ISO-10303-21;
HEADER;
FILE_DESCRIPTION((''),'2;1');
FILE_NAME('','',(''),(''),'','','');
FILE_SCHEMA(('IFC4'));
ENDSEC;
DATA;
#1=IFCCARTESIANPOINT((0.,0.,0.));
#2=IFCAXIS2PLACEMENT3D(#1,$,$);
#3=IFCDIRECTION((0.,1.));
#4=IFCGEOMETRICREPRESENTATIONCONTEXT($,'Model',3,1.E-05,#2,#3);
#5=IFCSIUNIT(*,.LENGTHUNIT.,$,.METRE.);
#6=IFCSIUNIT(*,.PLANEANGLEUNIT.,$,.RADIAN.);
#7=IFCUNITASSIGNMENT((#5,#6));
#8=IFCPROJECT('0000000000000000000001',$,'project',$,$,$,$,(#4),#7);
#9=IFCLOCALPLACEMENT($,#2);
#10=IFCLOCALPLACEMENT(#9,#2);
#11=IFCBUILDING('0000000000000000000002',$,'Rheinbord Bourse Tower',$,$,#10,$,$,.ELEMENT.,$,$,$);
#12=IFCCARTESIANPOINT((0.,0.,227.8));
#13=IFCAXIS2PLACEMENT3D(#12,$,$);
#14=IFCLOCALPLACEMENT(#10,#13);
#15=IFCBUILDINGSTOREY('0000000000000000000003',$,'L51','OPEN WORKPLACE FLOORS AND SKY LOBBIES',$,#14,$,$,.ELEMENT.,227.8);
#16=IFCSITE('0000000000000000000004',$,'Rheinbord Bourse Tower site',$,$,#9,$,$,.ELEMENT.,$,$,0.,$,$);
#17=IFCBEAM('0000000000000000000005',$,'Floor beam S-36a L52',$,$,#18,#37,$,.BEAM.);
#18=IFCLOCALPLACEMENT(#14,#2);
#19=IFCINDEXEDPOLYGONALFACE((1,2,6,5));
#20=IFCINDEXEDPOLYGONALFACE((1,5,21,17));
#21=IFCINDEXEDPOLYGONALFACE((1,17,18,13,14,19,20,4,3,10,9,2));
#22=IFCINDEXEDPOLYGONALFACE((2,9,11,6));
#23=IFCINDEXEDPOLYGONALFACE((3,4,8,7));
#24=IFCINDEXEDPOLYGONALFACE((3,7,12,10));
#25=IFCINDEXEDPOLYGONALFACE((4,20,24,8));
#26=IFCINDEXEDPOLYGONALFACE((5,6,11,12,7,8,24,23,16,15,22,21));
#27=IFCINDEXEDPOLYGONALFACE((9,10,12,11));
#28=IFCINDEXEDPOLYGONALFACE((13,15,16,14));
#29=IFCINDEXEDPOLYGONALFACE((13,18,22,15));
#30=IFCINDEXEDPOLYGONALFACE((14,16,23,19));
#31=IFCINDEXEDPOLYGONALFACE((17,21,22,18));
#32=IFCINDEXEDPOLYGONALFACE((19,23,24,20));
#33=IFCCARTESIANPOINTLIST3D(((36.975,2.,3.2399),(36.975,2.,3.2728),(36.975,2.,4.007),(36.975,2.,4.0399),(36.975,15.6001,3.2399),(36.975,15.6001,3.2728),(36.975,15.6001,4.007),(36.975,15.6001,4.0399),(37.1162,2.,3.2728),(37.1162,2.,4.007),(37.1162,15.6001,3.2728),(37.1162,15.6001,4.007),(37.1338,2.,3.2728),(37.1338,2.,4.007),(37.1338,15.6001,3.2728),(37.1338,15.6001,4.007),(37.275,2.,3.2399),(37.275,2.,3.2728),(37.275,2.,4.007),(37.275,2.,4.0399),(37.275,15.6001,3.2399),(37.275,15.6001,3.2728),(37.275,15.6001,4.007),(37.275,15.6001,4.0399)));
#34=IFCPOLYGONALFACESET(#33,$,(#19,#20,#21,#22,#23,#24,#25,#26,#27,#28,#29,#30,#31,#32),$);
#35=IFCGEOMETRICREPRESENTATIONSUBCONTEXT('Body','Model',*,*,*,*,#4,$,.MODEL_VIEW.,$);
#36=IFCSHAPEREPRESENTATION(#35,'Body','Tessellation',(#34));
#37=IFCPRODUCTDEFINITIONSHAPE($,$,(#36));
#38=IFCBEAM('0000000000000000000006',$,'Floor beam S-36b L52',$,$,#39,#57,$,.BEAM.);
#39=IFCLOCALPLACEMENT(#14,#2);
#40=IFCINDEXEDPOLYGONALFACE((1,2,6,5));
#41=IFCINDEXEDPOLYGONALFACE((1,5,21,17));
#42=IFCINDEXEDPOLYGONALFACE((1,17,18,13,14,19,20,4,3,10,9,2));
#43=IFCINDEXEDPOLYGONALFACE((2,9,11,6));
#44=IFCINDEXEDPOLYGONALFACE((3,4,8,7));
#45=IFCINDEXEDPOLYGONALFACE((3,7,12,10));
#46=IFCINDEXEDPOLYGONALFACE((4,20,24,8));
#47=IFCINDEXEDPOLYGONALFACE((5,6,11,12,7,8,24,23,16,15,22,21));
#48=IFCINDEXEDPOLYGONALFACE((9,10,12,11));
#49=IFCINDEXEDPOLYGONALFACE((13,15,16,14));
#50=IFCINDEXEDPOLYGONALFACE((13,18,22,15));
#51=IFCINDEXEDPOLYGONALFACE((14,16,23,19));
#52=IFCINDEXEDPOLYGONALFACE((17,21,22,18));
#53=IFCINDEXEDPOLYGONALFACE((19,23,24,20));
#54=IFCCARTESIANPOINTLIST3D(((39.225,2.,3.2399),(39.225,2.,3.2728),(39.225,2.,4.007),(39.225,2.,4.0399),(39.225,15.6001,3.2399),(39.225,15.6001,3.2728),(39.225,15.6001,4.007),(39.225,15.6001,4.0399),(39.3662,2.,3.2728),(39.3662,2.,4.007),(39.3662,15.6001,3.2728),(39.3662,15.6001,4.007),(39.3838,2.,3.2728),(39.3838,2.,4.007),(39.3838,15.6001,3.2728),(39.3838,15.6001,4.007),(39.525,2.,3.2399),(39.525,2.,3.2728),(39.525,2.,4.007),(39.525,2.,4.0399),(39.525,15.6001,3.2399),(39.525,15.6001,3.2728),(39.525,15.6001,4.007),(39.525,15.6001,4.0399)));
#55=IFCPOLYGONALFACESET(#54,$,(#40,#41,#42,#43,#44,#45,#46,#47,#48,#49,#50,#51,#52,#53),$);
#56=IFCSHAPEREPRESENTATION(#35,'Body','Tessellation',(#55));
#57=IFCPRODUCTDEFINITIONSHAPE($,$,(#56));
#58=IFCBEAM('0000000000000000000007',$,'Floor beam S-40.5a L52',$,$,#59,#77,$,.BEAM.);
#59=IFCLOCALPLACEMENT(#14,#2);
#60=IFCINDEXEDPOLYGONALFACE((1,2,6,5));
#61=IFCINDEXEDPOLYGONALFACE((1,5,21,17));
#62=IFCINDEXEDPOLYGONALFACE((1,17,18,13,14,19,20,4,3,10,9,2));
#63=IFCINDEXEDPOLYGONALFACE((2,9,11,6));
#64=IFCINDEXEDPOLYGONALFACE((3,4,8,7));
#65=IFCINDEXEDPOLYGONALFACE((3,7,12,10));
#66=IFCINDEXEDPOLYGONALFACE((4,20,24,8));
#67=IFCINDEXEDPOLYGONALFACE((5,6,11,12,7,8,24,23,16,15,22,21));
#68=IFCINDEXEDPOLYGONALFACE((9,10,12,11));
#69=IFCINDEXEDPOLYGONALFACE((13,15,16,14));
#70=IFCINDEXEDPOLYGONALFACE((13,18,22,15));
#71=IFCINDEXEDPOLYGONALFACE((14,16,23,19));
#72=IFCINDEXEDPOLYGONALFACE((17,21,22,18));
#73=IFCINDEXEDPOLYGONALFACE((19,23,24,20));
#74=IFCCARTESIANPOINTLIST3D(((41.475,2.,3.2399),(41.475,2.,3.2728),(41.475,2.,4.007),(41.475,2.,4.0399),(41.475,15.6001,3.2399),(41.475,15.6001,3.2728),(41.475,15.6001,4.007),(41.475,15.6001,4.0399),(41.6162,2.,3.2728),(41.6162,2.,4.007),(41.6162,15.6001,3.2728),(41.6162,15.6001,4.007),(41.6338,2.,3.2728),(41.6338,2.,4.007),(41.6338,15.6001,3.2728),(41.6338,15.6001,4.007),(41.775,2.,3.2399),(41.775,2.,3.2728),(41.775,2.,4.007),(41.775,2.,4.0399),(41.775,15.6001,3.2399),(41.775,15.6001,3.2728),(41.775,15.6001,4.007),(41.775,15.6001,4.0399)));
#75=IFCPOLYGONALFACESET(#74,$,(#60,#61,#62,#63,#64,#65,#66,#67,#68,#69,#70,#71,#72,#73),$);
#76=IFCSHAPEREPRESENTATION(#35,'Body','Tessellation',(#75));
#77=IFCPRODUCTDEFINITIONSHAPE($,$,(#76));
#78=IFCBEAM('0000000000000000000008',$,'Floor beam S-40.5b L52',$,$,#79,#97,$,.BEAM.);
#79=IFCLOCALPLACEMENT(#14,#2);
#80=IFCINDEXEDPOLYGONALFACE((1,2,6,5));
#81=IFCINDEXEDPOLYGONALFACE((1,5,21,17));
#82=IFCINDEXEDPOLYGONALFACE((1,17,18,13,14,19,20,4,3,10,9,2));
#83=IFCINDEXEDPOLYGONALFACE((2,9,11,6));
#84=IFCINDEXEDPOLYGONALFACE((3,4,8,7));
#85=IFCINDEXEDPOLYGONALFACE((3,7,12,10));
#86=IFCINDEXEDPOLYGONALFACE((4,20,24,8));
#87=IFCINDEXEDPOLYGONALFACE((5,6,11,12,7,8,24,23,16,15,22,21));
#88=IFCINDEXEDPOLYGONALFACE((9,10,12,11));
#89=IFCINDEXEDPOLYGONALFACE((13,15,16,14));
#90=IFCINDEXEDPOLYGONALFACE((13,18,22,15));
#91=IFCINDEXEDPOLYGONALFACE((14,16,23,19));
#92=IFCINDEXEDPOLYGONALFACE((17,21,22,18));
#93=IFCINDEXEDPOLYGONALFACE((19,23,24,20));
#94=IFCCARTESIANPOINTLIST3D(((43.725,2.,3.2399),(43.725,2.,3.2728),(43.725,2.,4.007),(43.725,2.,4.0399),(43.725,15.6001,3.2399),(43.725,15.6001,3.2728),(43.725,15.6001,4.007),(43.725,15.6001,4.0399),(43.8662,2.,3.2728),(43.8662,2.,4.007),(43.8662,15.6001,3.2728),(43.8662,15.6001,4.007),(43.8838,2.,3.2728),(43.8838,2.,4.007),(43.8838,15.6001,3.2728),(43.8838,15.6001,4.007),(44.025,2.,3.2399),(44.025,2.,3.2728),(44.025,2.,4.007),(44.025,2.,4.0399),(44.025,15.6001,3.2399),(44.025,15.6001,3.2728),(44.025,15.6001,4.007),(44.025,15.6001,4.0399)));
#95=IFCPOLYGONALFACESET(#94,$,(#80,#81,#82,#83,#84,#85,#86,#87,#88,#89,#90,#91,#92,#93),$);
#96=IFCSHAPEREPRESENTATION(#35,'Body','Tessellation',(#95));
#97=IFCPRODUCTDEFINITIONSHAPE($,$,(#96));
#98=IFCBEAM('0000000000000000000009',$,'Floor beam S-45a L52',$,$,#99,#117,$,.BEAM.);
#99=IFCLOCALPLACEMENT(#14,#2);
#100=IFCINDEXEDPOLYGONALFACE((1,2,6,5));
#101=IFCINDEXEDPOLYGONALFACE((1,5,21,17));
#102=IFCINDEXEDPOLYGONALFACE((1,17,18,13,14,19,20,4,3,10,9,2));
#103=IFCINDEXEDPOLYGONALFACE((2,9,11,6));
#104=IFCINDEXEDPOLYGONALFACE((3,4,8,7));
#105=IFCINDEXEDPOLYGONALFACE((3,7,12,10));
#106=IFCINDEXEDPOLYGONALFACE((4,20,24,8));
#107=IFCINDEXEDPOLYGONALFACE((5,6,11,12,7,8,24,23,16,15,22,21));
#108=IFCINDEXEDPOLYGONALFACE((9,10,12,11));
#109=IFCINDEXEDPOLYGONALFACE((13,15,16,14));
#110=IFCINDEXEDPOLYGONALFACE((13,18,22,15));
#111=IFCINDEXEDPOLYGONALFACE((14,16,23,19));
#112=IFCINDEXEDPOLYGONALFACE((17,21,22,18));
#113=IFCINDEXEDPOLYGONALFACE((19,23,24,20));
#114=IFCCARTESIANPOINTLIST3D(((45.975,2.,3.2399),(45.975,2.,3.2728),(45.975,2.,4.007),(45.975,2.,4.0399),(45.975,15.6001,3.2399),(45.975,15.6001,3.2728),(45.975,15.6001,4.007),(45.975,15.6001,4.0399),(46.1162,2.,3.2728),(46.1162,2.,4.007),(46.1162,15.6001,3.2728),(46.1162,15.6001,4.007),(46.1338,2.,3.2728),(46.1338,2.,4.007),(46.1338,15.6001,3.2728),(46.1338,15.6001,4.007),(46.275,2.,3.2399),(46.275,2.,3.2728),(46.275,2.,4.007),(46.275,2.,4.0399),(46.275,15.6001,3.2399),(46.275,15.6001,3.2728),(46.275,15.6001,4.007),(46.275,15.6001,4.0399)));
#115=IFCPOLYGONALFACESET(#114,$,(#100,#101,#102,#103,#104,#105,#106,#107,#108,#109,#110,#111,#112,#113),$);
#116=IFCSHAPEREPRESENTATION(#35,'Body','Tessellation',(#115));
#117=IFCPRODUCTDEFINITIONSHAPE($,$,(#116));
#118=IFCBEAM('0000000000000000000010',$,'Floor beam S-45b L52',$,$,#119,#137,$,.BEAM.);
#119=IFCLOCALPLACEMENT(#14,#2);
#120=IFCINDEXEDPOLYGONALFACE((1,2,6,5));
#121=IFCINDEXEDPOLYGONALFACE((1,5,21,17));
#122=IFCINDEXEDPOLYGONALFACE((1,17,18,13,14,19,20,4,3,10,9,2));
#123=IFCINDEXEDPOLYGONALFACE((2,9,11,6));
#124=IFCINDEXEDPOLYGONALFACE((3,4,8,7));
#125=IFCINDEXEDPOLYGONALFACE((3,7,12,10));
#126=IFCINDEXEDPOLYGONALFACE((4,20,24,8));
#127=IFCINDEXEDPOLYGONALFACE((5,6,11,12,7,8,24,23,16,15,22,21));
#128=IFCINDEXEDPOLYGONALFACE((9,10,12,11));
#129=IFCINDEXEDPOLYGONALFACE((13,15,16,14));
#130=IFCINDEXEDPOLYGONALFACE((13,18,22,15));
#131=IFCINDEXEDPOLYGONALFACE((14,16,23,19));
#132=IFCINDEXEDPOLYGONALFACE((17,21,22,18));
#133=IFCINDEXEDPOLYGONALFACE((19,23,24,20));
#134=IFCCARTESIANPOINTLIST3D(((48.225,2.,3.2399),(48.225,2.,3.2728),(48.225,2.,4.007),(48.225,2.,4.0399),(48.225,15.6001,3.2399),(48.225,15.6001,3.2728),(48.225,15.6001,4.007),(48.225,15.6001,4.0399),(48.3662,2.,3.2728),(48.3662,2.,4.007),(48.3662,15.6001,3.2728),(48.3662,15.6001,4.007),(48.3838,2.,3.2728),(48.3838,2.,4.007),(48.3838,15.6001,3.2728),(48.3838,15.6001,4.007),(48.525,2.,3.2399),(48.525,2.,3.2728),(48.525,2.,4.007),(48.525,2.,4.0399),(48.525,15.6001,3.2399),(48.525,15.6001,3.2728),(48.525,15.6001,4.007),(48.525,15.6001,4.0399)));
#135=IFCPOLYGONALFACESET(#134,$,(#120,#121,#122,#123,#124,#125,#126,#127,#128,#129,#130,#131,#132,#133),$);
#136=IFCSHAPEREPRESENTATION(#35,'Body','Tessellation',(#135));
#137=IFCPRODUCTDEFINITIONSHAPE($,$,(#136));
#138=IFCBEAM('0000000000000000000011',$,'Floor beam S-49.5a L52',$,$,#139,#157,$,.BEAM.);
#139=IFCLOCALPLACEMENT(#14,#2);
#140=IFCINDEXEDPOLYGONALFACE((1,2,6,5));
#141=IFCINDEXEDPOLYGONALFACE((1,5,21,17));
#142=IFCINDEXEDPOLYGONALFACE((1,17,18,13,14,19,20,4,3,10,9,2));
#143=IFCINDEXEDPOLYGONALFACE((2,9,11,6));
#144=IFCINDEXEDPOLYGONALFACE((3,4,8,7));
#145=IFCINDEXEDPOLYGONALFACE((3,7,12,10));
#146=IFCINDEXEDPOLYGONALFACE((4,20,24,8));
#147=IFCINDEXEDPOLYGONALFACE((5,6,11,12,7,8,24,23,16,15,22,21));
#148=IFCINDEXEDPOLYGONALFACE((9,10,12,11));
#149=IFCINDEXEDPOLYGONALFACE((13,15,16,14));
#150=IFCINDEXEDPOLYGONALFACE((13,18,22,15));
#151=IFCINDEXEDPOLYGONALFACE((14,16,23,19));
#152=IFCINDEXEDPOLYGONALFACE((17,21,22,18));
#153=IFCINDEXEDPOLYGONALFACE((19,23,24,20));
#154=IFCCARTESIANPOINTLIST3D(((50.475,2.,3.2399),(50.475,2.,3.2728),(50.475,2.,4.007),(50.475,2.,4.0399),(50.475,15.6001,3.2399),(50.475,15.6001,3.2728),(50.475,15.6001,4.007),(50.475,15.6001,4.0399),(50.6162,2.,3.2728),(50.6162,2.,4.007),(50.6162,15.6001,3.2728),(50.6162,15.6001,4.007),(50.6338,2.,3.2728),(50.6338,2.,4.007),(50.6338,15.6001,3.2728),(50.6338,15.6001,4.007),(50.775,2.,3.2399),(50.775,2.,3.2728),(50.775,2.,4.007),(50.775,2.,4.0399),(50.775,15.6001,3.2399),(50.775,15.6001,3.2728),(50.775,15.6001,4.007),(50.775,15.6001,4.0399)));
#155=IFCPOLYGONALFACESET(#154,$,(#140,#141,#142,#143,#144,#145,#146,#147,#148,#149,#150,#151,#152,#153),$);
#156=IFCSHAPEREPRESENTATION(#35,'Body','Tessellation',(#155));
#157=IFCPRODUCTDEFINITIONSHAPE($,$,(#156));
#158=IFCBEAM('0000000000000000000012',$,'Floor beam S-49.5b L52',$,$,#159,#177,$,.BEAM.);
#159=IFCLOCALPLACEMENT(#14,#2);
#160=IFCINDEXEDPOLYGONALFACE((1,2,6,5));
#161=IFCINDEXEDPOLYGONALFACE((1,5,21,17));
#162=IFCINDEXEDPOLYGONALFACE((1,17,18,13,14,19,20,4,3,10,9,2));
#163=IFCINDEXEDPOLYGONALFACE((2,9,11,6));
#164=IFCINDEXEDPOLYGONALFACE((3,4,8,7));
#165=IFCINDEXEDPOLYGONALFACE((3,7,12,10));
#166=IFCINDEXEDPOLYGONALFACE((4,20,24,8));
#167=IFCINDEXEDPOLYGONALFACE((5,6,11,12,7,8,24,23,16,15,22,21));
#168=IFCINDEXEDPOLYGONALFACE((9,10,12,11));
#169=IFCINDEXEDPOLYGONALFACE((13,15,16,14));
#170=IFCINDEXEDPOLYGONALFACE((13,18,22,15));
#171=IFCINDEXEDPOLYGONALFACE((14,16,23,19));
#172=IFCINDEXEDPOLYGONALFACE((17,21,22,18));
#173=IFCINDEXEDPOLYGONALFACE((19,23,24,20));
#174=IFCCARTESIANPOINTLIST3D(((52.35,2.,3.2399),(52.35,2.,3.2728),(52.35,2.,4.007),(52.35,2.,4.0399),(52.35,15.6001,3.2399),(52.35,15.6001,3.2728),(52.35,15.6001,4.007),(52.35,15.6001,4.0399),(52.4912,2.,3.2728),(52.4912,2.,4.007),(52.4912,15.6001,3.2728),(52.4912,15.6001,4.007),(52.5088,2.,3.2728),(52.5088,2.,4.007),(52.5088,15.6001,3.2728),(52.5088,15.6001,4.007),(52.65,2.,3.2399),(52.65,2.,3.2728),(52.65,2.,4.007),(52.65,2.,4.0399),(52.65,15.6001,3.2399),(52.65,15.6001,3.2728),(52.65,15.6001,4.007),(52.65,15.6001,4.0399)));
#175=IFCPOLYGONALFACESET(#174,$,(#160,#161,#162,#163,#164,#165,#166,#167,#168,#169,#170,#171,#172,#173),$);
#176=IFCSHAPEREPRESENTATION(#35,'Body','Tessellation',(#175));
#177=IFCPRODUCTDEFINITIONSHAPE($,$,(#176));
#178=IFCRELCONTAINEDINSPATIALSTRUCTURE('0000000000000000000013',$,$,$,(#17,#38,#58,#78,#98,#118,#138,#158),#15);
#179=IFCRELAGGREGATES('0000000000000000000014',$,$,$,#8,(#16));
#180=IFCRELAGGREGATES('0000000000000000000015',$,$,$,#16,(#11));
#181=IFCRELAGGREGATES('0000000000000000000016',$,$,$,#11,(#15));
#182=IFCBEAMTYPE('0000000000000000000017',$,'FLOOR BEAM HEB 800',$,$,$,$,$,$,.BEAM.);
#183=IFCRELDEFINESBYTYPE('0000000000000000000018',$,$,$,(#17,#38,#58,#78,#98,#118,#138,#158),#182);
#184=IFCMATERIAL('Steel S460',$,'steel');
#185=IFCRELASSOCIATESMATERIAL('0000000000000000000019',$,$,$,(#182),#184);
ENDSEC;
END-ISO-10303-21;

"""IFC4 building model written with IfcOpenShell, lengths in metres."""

from ifc_helpers import new_model, si_unit, direction, frame, origin, origin_2d, place, context, subcontext, project, spatial, i_section, extrude, material, material_profile, profile_set, type_object, element, save


model = new_model("IFC4")

# Units and contexts
model_context = context("Model", 3, precision=1e-05, world=origin(), true_north=direction((0.0, 1.0)))
body_context = subcontext(model_context, "Body", "Model", "MODEL_VIEW")
ifc_project = project(units=[si_unit("LENGTHUNIT", "METRE"), si_unit("PLANEANGLEUNIT", "RADIAN")], contexts=[model_context])

# Site, building, storey
site_placement = place(None, origin())
site = spatial("IfcSite", under=ifc_project, at=site_placement, Name="Rheinbord Bourse Tower site", CompositionType="ELEMENT", RefElevation=0.0)
building_placement = place(site_placement, origin())
building = spatial("IfcBuilding", under=site, at=building_placement, Name="Rheinbord Bourse Tower", CompositionType="ELEMENT")
storey_placement = place(building_placement, frame((0.0, 0.0, 227.8)))
storey = spatial("IfcBuildingStorey", under=building, at=storey_placement, Name="L51", Description="OPEN WORKPLACE FLOORS AND SKY LOBBIES", CompositionType="ELEMENT", Elevation=227.8)

# Beams
ifc_material_1 = material(Name="Steel S460", Category="steel")
ifc_material_profile_1 = material_profile(ifc_material_1, i_section(OverallWidth=0.3, OverallDepth=0.8, WebThickness=0.0176, FlangeThickness=0.033, at=origin_2d()), Name="HEB 800")
ifc_profile_set_1 = profile_set([ifc_material_profile_1], Name="Steel S460")
beam_type_1 = type_object("IfcBeamType", Name="FLOOR BEAM HEB 800", PredefinedType="BEAM", material=ifc_profile_set_1)
for number, where, z_axis, x_axis, name in (
    (1, (37.125, 2.0, 3.6399), (0.0, 1.0, 0.0), (-1.0, 0.0, 0.0), "Floor beam S-36a L52"),
    (2, (39.375, 2.0, 3.6399), (0.0, 1.0, 0.0), (-1.0, 0.0, 0.0), "Floor beam S-36b L52"),
    (3, (41.625, 2.0, 3.6399), (0.0, 1.0, 0.0), (-1.0, 0.0, 0.0), "Floor beam S-40.5a L52"),
    (4, (43.875, 2.0, 3.6399), (0.0, 1.0, 0.0), (-1.0, 0.0, 0.0), "Floor beam S-40.5b L52"),
    (5, (46.125, 2.0, 3.6399), (0.0, 1.0, 0.0), (-1.0, 0.0, 0.0), "Floor beam S-45a L52"),
    (6, (48.375, 2.0, 3.6399), (0.0, 1.0, 0.0), (-1.0, 0.0, 0.0), "Floor beam S-45b L52"),
    (7, (50.625, 2.0, 3.6399), (0.0, 1.0, 0.0), (-1.0, 0.0, 0.0), "Floor beam S-49.5a L52"),
    (8, (52.5, 2.0, 3.6399), (0.0, 1.0, 0.0), (-1.0, 0.0, 0.0), "Floor beam S-49.5b L52"),
):
    element("IfcBeam", number, at=place(storey_placement, frame(where, z_axis=z_axis, x_axis=x_axis)), inside=storey, type_object=beam_type_1, Name=name, PredefinedType="BEAM", context=body_context, shape_type="SweptSolid", body=[
        extrude(i_section(OverallWidth=0.3, OverallDepth=0.8, WebThickness=0.0176, FlangeThickness=0.033, at=origin_2d()), origin(), (0.0, 0.0, 1.0), 13.6001),
    ])

save(model, "model.ifc")
